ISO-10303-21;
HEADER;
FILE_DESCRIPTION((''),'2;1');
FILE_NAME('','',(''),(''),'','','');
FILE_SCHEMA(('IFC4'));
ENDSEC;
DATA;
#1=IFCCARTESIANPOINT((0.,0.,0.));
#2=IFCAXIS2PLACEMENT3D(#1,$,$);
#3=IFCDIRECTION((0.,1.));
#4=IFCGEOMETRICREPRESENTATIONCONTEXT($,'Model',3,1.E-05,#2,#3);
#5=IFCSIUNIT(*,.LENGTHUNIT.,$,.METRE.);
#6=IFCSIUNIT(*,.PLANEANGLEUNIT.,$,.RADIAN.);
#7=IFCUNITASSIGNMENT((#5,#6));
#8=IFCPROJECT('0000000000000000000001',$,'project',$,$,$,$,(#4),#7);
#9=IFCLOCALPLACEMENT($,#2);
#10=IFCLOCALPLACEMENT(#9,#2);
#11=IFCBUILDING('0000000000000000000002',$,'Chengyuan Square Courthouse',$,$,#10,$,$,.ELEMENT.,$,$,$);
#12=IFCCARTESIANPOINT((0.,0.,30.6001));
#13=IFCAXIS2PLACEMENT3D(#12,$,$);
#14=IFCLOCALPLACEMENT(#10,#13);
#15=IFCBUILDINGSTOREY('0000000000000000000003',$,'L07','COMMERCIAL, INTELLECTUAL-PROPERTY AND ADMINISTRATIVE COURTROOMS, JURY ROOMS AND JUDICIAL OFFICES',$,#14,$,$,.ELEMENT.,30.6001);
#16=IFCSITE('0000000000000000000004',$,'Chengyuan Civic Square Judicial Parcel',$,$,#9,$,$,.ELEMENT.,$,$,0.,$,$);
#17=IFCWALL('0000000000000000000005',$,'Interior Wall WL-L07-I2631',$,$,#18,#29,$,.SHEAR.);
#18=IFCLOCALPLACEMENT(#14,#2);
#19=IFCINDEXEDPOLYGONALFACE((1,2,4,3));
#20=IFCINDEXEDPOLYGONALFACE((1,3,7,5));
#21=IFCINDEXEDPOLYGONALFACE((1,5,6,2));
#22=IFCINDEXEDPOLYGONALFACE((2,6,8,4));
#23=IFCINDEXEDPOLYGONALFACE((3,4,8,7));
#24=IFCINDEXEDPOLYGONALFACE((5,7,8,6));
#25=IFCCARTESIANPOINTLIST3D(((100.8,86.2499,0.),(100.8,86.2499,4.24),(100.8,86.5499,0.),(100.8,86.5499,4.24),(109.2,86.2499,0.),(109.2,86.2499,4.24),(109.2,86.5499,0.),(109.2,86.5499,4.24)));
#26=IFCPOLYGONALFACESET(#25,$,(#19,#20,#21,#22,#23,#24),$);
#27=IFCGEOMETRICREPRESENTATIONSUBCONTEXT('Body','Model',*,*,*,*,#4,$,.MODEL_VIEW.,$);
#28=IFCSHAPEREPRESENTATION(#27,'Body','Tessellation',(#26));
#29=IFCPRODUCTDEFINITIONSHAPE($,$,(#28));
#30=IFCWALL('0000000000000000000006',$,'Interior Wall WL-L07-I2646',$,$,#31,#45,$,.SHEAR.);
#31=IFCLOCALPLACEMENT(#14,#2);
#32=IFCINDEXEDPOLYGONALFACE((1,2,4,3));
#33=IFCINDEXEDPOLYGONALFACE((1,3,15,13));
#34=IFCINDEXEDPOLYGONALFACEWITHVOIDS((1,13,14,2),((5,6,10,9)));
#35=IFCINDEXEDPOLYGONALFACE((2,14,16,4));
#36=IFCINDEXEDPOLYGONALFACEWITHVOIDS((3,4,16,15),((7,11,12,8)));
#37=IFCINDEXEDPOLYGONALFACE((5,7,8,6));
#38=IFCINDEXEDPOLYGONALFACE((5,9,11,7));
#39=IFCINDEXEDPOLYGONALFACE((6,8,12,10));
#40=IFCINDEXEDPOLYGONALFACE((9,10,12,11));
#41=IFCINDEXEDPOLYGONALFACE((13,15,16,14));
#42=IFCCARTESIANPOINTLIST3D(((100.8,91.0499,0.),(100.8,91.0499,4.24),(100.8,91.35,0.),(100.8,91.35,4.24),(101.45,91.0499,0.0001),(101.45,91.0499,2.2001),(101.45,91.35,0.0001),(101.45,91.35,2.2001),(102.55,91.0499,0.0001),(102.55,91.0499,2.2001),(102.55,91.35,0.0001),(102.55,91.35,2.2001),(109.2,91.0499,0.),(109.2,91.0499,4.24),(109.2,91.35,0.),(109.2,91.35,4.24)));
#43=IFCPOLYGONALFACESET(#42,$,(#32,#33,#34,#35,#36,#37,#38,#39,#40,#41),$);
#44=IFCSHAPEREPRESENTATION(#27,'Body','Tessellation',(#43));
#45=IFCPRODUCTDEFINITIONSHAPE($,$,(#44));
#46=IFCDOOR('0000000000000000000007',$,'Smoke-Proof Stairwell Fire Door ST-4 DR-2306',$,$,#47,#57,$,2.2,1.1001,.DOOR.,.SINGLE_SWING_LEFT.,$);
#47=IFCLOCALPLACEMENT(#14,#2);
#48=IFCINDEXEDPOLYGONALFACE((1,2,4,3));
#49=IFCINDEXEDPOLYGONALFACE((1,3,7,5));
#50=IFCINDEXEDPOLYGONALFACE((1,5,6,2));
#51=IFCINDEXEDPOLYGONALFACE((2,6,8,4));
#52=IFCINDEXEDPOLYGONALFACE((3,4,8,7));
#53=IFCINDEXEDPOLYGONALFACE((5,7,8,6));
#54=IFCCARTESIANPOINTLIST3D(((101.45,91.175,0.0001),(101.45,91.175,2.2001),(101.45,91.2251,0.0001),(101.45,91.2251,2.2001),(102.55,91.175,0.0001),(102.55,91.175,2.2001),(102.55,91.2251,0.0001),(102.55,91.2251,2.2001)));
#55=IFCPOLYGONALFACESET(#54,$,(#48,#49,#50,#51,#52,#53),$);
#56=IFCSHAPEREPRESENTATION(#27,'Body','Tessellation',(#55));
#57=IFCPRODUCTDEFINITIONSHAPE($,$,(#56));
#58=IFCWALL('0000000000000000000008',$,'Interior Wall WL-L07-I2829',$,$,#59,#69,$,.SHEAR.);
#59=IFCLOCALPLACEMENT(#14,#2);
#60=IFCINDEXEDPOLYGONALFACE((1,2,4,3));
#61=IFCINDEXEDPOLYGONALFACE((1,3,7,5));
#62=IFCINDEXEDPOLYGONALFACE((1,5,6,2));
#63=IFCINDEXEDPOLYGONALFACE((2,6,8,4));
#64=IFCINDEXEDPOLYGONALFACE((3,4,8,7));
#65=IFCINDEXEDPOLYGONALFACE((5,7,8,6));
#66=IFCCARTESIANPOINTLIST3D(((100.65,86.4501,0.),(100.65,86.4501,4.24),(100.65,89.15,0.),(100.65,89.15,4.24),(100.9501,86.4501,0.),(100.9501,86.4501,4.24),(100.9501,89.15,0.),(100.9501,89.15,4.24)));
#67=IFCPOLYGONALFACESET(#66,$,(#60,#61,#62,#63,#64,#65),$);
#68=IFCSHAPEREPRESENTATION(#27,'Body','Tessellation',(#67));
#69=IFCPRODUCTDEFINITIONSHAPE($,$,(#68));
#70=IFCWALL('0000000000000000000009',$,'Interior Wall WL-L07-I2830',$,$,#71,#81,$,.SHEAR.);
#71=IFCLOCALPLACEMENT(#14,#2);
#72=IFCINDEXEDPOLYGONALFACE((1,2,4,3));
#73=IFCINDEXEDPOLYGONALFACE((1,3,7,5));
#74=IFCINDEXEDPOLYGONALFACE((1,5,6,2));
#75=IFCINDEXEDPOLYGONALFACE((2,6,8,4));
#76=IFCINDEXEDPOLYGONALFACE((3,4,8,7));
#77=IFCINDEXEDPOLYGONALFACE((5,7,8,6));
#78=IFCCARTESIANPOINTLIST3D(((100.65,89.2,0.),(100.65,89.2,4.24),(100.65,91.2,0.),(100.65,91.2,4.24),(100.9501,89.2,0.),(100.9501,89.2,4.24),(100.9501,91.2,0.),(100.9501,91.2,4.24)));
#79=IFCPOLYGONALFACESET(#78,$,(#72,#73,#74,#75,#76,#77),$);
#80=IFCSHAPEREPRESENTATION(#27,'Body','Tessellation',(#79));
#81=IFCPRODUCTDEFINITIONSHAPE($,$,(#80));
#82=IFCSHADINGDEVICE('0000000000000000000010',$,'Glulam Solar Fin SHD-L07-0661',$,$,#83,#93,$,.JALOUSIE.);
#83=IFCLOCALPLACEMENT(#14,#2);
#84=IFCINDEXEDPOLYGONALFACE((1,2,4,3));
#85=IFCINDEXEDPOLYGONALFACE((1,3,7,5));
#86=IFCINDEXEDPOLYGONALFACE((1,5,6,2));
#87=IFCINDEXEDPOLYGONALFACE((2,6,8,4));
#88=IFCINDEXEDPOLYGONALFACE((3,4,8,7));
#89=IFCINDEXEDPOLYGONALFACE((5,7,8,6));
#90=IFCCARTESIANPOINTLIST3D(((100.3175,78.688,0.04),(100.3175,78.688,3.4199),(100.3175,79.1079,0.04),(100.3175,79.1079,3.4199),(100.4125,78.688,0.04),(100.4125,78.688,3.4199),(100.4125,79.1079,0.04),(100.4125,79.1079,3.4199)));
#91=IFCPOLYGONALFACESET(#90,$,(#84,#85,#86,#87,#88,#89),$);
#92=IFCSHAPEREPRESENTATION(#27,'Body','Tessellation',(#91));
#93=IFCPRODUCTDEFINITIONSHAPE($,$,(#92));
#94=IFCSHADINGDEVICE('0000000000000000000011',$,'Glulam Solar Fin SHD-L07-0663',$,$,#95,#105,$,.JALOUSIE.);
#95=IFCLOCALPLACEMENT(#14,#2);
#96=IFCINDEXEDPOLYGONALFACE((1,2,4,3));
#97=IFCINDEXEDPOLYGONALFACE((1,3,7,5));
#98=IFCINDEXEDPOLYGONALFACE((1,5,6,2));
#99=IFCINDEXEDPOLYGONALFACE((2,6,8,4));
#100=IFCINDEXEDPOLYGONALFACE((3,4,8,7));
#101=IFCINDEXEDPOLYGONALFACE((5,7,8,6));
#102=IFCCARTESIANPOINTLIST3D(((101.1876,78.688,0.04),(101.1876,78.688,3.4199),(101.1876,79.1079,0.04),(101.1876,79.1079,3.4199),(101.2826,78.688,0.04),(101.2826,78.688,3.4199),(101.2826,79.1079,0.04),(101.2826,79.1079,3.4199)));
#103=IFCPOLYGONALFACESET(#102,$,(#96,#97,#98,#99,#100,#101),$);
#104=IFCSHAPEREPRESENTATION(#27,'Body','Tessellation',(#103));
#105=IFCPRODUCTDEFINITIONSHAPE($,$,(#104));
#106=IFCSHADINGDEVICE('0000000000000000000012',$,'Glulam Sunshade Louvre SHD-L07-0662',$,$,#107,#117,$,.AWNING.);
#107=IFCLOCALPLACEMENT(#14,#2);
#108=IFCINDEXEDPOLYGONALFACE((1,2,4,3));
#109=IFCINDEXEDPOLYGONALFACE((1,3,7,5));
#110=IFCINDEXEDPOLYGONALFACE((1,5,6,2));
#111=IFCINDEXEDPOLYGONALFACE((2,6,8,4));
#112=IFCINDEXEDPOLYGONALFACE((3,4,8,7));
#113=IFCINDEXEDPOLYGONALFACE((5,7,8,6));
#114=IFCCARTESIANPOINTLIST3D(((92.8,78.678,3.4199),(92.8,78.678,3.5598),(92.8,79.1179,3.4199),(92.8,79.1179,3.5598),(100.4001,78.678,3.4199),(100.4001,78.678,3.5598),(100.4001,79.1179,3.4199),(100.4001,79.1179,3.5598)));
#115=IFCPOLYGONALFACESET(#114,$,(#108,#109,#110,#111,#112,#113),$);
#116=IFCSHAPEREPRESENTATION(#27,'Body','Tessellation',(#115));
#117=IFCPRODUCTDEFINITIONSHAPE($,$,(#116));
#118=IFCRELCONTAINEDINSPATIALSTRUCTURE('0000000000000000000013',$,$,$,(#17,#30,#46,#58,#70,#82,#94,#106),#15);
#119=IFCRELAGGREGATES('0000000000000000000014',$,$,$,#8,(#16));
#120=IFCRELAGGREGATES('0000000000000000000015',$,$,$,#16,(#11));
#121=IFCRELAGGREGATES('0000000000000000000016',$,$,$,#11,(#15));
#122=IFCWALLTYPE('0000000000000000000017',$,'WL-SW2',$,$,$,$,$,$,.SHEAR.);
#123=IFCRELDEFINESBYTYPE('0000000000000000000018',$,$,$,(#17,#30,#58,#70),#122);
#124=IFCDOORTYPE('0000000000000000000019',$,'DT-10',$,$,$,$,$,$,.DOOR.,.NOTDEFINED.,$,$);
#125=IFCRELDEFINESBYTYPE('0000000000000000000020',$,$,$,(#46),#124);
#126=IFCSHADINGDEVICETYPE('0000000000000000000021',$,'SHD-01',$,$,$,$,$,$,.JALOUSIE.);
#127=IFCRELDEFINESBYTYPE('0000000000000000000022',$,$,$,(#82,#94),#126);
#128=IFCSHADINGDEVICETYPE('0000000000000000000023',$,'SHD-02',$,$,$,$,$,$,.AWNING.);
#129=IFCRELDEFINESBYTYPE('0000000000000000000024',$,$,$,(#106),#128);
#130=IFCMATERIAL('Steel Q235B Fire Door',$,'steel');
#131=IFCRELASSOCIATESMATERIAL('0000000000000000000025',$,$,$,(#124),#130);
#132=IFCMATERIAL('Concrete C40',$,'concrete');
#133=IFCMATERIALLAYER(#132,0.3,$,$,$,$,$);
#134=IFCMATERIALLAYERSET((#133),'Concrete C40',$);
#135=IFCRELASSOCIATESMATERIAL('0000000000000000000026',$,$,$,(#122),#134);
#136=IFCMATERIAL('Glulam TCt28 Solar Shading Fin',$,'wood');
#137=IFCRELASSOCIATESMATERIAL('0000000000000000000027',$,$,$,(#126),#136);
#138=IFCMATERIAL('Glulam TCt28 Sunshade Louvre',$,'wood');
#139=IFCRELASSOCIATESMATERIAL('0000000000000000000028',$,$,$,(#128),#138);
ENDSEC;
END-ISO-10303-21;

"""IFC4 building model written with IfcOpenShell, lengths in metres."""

from ifc_helpers import new_model, si_unit, direction, frame, frame_2d, origin, origin_2d, place, context, subcontext, project, spatial, rectangle, extrude, material, layer, layer_set, type_object, element, fill, save


model = new_model("IFC4")

# Units and contexts
model_context = context("Model", 3, precision=1e-05, world=origin(), true_north=direction((0.0, 1.0)))
body_context = subcontext(model_context, "Body", "Model", "MODEL_VIEW")
ifc_project = project(units=[si_unit("LENGTHUNIT", "METRE"), si_unit("PLANEANGLEUNIT", "RADIAN")], contexts=[model_context])

# Site, building, storey
site_placement = place(None, origin())
site = spatial("IfcSite", under=ifc_project, at=site_placement, Name="Chengyuan Civic Square Judicial Parcel", CompositionType="ELEMENT", RefElevation=0.0)
building_placement = place(site_placement, origin())
building = spatial("IfcBuilding", under=site, at=building_placement, Name="Chengyuan Square Courthouse", CompositionType="ELEMENT")
storey_placement = place(building_placement, frame((0.0, 0.0, 30.6001)))
storey = spatial("IfcBuildingStorey", under=building, at=storey_placement, Name="L07", Description="COMMERCIAL, INTELLECTUAL-PROPERTY AND ADMINISTRATIVE COURTROOMS, JURY ROOMS AND JUDICIAL OFFICES", CompositionType="ELEMENT", Elevation=30.6001)

# Shared definitions
ifc_material_1 = material(Name="Concrete C40", Category="concrete")

# Shared definitions
ifc_material_2 = material(Name="Steel Q235B Fire Door", Category="steel")
door_type_1 = type_object("IfcDoorType", Name="DT-10", OperationType="NOTDEFINED", PredefinedType="DOOR", material=ifc_material_2)

# Wall
ifc_layer_1 = layer(ifc_material_1, 0.3)
ifc_layer_set_1 = layer_set([ifc_layer_1], Name="Concrete C40")
wall_type_1 = type_object("IfcWallType", Name="WL-SW2", PredefinedType="SHEAR", material=ifc_layer_set_1)
wall_1_placement = place(storey_placement, frame((100.8, 86.3999, 0.0), z_axis=(0.0, 0.0, 1.0), x_axis=(1.0, 0.0, 0.0)))
element("IfcWall", 1, at=wall_1_placement, inside=storey, type_object=wall_type_1, Name="Interior Wall WL-L07-I2631", PredefinedType="SHEAR", context=body_context, shape_type="SweptSolid", body=[
    extrude(rectangle(XDim=8.3999, YDim=0.3, at=frame_2d((4.2, 0.0))), origin(), (0.0, 0.0, 1.0), 4.24),
])

# Wall, opening, door
wall_2_placement = place(storey_placement, frame((100.8, 91.2, 0.0), z_axis=(0.0, 0.0, 1.0), x_axis=(1.0, 0.0, 0.0)))
wall_2 = element("IfcWall", 2, at=wall_2_placement, inside=storey, type_object=wall_type_1, Name="Interior Wall WL-L07-I2646", PredefinedType="SHEAR", context=body_context, shape_type="SweptSolid", body=[
    extrude(rectangle(XDim=8.3999, YDim=0.3, at=frame_2d((4.2, 0.0))), origin(), (0.0, 0.0, 1.0), 4.24),
])
opening_1_placement = place(wall_2_placement, frame((0.6499, 0.0, 0.0)))
opening_1 = element("IfcOpeningElement", 3, at=opening_1_placement, cuts=wall_2, PredefinedType="OPENING", context=body_context, shape_type="SweptSolid", body=[
    extrude(rectangle(XDim=1.1001, YDim=2.2, at=frame_2d((0.55, 1.1001))), frame((0.0, 0.1621, 0.0), z_axis=(0.0, -1.0, 0.0), x_axis=(1.0, 0.0, 0.0)), (0.0, 0.0, 1.0), 0.324),
])
door_1_placement = place(opening_1_placement, frame((1.1001, 0.0, 0.0), z_axis=(0.0, 0.0, 1.0), x_axis=(-1.0, 0.0, 0.0)))
door_1 = element("IfcDoor", 4, at=door_1_placement, inside=storey, type_object=door_type_1, Name="Smoke-Proof Stairwell Fire Door ST-4 DR-2306", OperationType="SINGLE_SWING_LEFT", OverallHeight=2.2, OverallWidth=1.1001, PredefinedType="DOOR", context=body_context, shape_type="SweptSolid", body=[
    extrude(rectangle(XDim=1.1001, YDim=2.2, at=frame_2d((0.55, 1.1001))), frame((0.0, 0.0249, 0.0), z_axis=(0.0, -1.0, 0.0), x_axis=(1.0, 0.0, 0.0)), (0.0, 0.0, 1.0), 0.05),
])
fill(opening_1, door_1)

# Walls
wall_3_placement = place(storey_placement, frame((100.8, 86.45, 0.0), z_axis=(0.0, 0.0, 1.0), x_axis=(0.0, 1.0, 0.0)))
element("IfcWall", 5, at=wall_3_placement, inside=storey, type_object=wall_type_1, Name="Interior Wall WL-L07-I2829", PredefinedType="SHEAR", context=body_context, shape_type="SweptSolid", body=[
    extrude(rectangle(XDim=2.7, YDim=0.3, at=frame_2d((1.3501, 0.0))), origin(), (0.0, 0.0, 1.0), 4.24),
])
wall_4_placement = place(storey_placement, frame((100.8, 89.2, 0.0), z_axis=(0.0, 0.0, 1.0), x_axis=(0.0, 1.0, 0.0)))
element("IfcWall", 6, at=wall_4_placement, inside=storey, type_object=wall_type_1, Name="Interior Wall WL-L07-I2830", PredefinedType="SHEAR", context=body_context, shape_type="SweptSolid", body=[
    extrude(rectangle(XDim=2.0, YDim=0.3, at=frame_2d((1.0, 0.0))), origin(), (0.0, 0.0, 1.0), 4.24),
])

# Shading devices
ifc_material_3 = material(Name="Glulam TCt28 Solar Shading Fin", Category="wood")
shading_device_type_1 = type_object("IfcShadingDeviceType", Name="SHD-01", PredefinedType="JALOUSIE", material=ifc_material_3)
for number, where, z_axis, x_axis, name in (
    (7, (100.365, 78.8979, 0.04), (0.0, 0.0, 1.0), (0.0, 1.0, 0.0), "Glulam Solar Fin SHD-L07-0661"),
    (8, (101.2351, 78.8979, 0.04), (0.0, 0.0, 1.0), (0.0, 1.0, 0.0), "Glulam Solar Fin SHD-L07-0663"),
):
    element("IfcShadingDevice", number, at=place(storey_placement, frame(where, z_axis=z_axis, x_axis=x_axis)), inside=storey, type_object=shading_device_type_1, Name=name, PredefinedType="JALOUSIE", context=body_context, shape_type="SweptSolid", body=[
        extrude(rectangle(XDim=0.4199, YDim=0.095, at=origin_2d()), origin(), (0.0, 0.0, 1.0), 3.3799),
    ])
ifc_material_4 = material(Name="Glulam TCt28 Sunshade Louvre", Category="wood")
shading_device_type_2 = type_object("IfcShadingDeviceType", Name="SHD-02", PredefinedType="AWNING", material=ifc_material_4)
shading_device_placement = place(storey_placement, frame((96.6001, 78.8979, 3.4199), z_axis=(0.0, 0.0, 1.0), x_axis=(1.0, 0.0, 0.0)))
element("IfcShadingDevice", 9, at=shading_device_placement, inside=storey, type_object=shading_device_type_2, Name="Glulam Sunshade Louvre SHD-L07-0662", PredefinedType="AWNING", context=body_context, shape_type="SweptSolid", body=[
    extrude(rectangle(XDim=7.6001, YDim=0.4399, at=origin_2d()), origin(), (0.0, 0.0, 1.0), 0.1399),
])

save(model, "model.ifc")
